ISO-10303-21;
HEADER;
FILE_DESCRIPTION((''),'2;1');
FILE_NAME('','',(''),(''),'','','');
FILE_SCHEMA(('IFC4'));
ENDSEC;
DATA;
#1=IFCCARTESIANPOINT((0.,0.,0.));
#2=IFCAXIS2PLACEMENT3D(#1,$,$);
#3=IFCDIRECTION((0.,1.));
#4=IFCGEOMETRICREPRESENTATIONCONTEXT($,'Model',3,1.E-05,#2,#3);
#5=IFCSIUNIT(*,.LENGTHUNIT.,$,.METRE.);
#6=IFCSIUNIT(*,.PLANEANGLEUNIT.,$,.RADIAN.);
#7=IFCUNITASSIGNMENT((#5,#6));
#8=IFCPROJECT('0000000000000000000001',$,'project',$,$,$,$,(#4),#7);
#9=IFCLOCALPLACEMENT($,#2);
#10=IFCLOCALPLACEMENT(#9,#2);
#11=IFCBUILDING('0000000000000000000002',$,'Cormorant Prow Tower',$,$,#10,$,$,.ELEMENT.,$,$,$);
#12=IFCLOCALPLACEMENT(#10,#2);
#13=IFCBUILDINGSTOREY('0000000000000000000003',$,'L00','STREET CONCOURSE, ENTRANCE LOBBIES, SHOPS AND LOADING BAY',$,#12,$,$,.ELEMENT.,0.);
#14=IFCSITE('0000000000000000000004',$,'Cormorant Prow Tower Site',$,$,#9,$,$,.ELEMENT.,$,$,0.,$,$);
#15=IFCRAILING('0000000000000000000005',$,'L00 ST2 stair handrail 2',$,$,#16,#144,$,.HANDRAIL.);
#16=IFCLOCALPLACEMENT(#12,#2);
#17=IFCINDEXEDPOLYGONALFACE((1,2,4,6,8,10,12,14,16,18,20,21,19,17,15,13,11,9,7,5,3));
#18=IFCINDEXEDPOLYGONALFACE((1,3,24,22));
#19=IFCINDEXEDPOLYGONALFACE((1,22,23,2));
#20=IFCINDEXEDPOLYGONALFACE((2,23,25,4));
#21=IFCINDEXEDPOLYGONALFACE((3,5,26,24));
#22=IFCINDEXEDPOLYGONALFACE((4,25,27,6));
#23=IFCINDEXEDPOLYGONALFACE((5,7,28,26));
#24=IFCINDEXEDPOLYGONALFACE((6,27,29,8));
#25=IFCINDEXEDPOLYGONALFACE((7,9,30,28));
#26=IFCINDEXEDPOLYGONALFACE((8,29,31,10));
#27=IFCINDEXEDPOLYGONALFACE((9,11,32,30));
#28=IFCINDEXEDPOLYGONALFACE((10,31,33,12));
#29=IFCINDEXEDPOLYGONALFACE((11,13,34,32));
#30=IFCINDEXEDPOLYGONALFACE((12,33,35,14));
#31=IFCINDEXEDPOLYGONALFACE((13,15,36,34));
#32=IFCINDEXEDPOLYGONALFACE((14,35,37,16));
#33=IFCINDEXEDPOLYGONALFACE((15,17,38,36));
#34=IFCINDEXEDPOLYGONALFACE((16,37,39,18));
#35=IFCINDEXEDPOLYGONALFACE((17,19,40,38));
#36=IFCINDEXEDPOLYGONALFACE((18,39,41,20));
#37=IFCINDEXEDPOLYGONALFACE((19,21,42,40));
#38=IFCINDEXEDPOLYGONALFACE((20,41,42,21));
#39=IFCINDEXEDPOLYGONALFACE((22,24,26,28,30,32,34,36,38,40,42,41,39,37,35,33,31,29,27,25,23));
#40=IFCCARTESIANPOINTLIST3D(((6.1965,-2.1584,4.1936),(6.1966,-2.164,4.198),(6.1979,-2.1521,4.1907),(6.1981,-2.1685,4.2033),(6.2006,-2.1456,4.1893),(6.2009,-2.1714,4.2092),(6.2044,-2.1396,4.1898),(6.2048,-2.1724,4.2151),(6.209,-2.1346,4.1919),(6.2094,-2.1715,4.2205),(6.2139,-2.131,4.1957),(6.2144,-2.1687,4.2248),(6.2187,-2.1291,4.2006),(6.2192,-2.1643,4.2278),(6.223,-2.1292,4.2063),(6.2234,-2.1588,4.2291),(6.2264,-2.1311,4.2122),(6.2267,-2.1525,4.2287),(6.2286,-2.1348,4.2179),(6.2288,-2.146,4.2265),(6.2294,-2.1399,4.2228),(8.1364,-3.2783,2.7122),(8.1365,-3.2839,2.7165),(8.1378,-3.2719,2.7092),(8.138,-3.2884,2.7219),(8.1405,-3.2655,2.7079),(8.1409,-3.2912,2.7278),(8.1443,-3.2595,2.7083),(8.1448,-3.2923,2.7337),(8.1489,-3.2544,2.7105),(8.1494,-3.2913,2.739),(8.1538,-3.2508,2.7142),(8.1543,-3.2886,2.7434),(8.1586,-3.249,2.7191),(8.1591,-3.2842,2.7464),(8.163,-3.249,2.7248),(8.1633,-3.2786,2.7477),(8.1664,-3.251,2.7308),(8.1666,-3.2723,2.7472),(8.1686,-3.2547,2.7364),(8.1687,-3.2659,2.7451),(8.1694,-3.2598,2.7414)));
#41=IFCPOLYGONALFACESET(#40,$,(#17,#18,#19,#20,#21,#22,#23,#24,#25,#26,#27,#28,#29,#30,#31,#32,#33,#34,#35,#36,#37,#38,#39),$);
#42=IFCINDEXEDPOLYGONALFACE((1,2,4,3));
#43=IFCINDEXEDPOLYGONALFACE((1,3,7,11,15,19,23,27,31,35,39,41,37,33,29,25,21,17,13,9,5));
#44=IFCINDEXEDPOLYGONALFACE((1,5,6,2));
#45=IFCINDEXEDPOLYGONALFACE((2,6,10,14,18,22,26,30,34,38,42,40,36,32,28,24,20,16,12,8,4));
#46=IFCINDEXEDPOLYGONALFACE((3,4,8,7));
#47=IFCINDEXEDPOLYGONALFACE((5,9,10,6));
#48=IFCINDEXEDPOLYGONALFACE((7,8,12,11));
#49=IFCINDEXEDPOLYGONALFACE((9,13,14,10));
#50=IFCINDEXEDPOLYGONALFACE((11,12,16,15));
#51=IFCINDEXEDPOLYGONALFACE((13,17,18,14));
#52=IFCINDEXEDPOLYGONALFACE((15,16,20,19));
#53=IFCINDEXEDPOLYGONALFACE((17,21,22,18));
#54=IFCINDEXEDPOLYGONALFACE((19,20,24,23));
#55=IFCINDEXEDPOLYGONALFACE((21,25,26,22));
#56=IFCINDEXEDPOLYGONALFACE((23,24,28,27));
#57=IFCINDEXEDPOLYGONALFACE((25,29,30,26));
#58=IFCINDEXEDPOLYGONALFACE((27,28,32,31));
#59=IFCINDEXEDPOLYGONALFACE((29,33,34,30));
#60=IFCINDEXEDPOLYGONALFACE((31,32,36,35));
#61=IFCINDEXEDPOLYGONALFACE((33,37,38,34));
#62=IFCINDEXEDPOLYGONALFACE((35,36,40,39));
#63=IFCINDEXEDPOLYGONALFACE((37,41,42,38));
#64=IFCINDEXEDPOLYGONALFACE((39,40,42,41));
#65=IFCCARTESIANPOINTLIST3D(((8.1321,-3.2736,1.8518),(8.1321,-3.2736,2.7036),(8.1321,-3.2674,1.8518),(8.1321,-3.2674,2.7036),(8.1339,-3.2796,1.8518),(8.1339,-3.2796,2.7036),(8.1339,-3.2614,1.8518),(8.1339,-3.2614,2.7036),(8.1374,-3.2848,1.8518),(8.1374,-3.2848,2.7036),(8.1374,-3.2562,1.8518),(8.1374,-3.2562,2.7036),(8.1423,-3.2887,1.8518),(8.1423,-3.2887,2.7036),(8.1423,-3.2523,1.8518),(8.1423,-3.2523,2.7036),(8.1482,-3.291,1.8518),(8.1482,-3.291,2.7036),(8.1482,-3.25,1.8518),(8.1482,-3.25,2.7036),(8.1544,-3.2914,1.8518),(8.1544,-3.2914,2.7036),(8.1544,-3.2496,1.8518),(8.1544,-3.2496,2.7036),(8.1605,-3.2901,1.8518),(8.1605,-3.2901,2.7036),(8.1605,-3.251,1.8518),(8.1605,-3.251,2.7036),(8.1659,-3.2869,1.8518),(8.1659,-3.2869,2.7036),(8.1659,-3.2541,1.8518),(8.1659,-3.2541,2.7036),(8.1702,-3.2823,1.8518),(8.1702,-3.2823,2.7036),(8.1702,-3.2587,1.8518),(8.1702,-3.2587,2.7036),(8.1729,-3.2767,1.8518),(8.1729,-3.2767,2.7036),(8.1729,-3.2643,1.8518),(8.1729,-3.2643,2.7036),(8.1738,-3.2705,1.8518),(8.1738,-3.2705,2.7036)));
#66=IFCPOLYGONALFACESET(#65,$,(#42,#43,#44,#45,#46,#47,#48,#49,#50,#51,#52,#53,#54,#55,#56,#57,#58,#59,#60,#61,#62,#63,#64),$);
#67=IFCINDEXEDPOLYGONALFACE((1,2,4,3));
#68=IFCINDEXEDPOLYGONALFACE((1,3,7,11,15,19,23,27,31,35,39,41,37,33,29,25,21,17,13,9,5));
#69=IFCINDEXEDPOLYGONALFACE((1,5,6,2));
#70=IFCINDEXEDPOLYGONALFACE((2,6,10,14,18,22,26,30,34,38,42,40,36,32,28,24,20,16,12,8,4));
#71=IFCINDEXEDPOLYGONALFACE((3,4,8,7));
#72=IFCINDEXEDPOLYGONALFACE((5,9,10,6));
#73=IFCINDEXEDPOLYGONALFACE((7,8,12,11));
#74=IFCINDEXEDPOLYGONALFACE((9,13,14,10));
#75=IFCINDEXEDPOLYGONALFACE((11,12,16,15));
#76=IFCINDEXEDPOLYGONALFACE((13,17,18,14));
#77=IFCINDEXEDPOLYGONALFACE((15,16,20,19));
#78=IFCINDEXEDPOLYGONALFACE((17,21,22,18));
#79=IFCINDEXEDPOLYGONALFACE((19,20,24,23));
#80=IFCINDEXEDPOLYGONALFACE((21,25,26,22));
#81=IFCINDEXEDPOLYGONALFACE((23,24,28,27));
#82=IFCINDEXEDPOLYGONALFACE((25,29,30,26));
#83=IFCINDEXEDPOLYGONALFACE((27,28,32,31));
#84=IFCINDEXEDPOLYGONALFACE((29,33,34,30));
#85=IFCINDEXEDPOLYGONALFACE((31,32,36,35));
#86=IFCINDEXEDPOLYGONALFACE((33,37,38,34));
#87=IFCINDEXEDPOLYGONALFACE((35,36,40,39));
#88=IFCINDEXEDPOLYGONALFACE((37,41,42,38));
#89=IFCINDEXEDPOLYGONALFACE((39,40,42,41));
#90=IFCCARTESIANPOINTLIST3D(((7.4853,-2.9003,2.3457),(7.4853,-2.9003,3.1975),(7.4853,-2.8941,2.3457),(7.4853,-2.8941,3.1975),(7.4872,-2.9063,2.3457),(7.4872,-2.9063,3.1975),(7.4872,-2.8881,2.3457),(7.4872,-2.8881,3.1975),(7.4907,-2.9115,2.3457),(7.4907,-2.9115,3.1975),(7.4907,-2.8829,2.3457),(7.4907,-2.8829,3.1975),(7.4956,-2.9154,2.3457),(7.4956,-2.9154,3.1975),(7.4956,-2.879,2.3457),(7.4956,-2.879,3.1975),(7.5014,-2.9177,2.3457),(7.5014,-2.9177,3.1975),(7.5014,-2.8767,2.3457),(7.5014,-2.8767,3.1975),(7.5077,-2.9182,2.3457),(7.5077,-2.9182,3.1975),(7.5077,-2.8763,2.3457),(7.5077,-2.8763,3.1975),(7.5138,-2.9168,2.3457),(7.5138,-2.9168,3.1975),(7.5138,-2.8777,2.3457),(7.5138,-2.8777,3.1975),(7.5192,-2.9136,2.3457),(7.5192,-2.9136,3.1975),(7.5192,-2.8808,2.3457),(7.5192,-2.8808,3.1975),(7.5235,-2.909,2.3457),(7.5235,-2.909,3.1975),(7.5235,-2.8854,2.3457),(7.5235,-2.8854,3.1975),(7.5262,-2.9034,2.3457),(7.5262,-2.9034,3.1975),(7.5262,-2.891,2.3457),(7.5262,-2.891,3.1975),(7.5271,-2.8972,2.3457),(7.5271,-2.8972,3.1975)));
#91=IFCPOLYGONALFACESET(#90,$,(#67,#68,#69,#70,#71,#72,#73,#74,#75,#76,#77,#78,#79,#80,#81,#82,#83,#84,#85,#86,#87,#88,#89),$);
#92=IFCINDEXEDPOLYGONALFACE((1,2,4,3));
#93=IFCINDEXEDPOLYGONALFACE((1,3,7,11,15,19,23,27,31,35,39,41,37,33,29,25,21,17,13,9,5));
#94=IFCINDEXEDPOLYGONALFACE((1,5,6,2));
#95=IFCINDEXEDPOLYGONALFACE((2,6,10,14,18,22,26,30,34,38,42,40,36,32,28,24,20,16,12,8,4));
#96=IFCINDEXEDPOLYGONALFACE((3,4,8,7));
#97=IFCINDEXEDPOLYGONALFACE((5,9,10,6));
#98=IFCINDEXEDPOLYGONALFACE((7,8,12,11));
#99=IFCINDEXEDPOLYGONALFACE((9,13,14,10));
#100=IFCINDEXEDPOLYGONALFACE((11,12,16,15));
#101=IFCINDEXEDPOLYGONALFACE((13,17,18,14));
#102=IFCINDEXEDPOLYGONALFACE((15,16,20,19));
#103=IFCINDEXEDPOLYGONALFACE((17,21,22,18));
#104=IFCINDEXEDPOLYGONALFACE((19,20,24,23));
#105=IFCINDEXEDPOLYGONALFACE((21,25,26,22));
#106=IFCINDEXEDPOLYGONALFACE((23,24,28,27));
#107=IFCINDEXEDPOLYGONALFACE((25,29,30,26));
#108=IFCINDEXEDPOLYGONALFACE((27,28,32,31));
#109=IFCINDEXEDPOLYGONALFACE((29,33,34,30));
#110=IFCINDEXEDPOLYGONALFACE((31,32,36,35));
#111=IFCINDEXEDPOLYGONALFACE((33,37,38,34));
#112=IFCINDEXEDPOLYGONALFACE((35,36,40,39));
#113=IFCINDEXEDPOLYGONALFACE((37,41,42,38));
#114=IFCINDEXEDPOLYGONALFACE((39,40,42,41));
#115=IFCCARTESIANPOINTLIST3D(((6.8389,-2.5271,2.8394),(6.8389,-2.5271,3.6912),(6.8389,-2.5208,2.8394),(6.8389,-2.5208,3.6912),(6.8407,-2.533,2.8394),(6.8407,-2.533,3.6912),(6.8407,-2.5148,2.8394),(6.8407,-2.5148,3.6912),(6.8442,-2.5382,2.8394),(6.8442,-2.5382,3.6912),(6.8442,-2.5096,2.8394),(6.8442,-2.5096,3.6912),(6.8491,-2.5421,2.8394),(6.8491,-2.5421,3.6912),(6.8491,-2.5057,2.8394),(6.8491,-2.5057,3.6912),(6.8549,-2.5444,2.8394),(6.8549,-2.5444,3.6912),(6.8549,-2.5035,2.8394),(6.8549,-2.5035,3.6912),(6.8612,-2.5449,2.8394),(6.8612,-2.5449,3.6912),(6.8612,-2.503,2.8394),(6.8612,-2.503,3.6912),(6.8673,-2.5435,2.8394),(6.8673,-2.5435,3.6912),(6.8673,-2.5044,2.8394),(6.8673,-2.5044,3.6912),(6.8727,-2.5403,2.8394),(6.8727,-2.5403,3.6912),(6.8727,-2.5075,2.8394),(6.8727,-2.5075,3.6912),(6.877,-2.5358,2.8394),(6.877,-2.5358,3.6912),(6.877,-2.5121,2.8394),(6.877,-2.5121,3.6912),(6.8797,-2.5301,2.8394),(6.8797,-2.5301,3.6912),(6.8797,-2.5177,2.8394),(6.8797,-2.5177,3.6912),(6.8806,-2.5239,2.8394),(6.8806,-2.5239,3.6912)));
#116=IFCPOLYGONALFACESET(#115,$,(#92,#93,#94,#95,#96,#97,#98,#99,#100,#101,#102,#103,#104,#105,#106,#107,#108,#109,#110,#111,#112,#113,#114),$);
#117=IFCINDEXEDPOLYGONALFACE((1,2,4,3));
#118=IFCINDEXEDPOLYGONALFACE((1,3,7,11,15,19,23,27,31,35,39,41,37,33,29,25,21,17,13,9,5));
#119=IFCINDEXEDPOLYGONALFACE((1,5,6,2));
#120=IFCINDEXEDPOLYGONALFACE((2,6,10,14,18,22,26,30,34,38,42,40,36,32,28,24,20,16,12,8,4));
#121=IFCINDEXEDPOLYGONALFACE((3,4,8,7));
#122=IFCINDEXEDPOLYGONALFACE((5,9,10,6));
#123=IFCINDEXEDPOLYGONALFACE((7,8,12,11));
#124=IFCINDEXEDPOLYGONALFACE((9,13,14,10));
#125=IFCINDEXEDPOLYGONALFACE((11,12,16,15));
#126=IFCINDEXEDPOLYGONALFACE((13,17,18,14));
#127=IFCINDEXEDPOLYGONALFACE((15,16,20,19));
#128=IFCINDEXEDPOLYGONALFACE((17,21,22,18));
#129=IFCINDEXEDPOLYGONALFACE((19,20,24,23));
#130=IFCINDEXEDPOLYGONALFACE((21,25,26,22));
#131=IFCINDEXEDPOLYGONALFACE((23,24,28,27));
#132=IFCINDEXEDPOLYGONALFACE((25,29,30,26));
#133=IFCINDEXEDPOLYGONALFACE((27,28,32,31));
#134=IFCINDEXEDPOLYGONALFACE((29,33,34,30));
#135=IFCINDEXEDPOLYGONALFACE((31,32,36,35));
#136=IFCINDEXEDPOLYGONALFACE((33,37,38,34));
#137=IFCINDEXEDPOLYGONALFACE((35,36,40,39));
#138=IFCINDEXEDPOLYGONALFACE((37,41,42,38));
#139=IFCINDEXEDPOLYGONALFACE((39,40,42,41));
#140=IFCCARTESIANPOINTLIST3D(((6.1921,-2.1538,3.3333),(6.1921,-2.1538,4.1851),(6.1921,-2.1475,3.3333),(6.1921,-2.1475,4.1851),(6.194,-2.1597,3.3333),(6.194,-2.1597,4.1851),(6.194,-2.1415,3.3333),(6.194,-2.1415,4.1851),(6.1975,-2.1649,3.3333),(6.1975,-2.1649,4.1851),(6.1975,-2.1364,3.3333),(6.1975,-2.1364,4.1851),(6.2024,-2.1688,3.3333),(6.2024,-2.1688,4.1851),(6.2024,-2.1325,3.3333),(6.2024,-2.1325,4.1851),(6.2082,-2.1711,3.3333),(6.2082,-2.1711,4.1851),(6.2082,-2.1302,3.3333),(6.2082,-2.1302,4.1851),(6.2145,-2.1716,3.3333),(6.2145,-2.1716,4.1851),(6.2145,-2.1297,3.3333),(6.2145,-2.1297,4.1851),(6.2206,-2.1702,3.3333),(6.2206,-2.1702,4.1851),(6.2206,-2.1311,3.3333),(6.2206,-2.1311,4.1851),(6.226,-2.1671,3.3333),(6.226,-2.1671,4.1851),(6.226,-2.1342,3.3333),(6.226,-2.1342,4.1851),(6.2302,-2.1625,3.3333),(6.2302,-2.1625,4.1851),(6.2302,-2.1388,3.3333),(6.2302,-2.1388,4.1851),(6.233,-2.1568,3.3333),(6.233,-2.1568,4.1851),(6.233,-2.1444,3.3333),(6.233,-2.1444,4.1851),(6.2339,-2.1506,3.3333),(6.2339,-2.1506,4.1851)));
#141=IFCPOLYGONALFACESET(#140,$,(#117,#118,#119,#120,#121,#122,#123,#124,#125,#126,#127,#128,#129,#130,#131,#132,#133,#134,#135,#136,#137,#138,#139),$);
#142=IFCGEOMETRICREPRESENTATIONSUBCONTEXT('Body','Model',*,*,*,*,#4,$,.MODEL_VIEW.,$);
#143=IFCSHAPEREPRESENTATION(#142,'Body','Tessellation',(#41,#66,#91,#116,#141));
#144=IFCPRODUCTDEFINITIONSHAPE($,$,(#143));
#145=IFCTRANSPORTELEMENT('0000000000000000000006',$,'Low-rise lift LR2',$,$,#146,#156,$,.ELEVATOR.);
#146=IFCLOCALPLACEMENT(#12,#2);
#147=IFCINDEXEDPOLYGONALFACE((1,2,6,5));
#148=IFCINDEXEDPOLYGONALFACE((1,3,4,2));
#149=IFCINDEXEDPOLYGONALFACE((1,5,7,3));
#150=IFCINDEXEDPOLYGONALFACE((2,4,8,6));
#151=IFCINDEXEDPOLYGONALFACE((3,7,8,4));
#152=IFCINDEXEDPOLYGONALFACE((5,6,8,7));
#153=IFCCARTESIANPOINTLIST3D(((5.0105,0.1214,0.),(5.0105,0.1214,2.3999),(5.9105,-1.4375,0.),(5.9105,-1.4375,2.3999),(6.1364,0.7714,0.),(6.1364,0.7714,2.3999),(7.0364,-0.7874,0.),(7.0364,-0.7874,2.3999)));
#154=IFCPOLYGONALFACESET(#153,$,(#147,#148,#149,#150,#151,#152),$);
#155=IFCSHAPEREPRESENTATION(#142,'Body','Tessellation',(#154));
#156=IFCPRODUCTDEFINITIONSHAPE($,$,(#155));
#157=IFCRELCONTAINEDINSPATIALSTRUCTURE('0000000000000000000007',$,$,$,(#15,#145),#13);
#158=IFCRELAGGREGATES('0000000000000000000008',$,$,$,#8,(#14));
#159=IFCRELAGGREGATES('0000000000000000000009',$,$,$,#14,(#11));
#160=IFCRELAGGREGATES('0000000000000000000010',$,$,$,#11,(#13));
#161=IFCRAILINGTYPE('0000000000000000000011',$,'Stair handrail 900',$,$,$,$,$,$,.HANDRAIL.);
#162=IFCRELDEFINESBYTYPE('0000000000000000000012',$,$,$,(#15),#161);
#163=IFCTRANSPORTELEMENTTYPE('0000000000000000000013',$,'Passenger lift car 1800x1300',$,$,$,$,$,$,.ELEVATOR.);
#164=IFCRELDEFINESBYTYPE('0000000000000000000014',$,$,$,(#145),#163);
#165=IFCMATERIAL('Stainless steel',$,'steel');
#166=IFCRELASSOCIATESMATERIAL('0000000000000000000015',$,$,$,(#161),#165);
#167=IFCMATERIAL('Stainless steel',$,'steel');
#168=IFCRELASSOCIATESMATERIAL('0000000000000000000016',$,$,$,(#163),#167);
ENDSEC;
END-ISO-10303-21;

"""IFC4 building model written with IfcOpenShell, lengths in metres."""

from ifc_helpers import new_model, si_unit, direction, frame, origin, origin_2d, place, context, subcontext, project, spatial, rectangle, circle, extrude, material, type_object, element, save


model = new_model("IFC4")

# Units and contexts
model_context = context("Model", 3, precision=1e-05, world=origin(), true_north=direction((0.0, 1.0)))
body_context = subcontext(model_context, "Body", "Model", "MODEL_VIEW")
ifc_project = project(units=[si_unit("LENGTHUNIT", "METRE"), si_unit("PLANEANGLEUNIT", "RADIAN")], contexts=[model_context])

# Site, building, storey
site_placement = place(None, origin())
site = spatial("IfcSite", under=ifc_project, at=site_placement, Name="Cormorant Prow Tower Site", CompositionType="ELEMENT", RefElevation=0.0)
building_placement = place(site_placement, origin())
building = spatial("IfcBuilding", under=site, at=building_placement, Name="Cormorant Prow Tower", CompositionType="ELEMENT")
storey_placement = place(building_placement, origin())
storey = spatial("IfcBuildingStorey", under=building, at=storey_placement, Name="L00", Description="STREET CONCOURSE, ENTRANCE LOBBIES, SHOPS AND LOADING BAY", CompositionType="ELEMENT", Elevation=0.0)

# Railing
ifc_material_1 = material(Name="Stainless steel", Category="steel")
railing_type_1 = type_object("IfcRailingType", Name="Stair handrail 900", PredefinedType="HANDRAIL", material=ifc_material_1)
railing_1_placement = place(storey_placement, frame((8.1528, -3.2705, 1.8518)))
element("IfcRailing", 1, at=railing_1_placement, inside=storey, type_object=railing_type_1, Name="L00 ST2 stair handrail 2", PredefinedType="HANDRAIL", context=body_context, shape_type="SweptSolid", body=[
    extrude(circle(Radius=0.0239, at=origin_2d()), frame((0.0, 0.0, 0.876), z_axis=(-0.722363, 0.417, 0.551636), x_axis=(-0.499949, -0.866055, 0.0)), (0.0, 0.0, 1.0), 2.6855),
    extrude(circle(Radius=0.021, at=origin_2d()), origin(), (0.0, 0.0, 1.0), 0.8518),
    extrude(circle(Radius=0.021, at=origin_2d()), frame((-0.6467, 0.3733, 0.4939)), (0.0, 0.0, 1.0), 0.8518),
    extrude(circle(Radius=0.021, at=origin_2d()), frame((-1.2932, 0.7466, 0.9875)), (0.0, 0.0, 1.0), 0.8518),
    extrude(circle(Radius=0.021, at=origin_2d()), frame((-1.9399, 1.1199, 1.4814)), (0.0, 0.0, 1.0), 0.8518),
])

# Transport element
ifc_material_2 = material(Name="Stainless steel", Category="steel")
transport_element_type = type_object("IfcTransportElementType", Name="Passenger lift car 1800x1300", PredefinedType="ELEVATOR", material=ifc_material_2)
transport_element_placement = place(storey_placement, frame((6.0234, -0.333, 0.0), z_axis=(0.0, 0.0, 1.0), x_axis=(-0.5, 0.866025, 0.0)))
element("IfcTransportElement", 2, at=transport_element_placement, inside=storey, type_object=transport_element_type, Name="Low-rise lift LR2", PredefinedType="ELEVATOR", context=body_context, shape_type="SweptSolid", body=[
    extrude(rectangle(XDim=1.8, YDim=1.3, at=origin_2d()), origin(), (0.0, 0.0, 1.0), 2.3999),
])

save(model, "model.ifc")
